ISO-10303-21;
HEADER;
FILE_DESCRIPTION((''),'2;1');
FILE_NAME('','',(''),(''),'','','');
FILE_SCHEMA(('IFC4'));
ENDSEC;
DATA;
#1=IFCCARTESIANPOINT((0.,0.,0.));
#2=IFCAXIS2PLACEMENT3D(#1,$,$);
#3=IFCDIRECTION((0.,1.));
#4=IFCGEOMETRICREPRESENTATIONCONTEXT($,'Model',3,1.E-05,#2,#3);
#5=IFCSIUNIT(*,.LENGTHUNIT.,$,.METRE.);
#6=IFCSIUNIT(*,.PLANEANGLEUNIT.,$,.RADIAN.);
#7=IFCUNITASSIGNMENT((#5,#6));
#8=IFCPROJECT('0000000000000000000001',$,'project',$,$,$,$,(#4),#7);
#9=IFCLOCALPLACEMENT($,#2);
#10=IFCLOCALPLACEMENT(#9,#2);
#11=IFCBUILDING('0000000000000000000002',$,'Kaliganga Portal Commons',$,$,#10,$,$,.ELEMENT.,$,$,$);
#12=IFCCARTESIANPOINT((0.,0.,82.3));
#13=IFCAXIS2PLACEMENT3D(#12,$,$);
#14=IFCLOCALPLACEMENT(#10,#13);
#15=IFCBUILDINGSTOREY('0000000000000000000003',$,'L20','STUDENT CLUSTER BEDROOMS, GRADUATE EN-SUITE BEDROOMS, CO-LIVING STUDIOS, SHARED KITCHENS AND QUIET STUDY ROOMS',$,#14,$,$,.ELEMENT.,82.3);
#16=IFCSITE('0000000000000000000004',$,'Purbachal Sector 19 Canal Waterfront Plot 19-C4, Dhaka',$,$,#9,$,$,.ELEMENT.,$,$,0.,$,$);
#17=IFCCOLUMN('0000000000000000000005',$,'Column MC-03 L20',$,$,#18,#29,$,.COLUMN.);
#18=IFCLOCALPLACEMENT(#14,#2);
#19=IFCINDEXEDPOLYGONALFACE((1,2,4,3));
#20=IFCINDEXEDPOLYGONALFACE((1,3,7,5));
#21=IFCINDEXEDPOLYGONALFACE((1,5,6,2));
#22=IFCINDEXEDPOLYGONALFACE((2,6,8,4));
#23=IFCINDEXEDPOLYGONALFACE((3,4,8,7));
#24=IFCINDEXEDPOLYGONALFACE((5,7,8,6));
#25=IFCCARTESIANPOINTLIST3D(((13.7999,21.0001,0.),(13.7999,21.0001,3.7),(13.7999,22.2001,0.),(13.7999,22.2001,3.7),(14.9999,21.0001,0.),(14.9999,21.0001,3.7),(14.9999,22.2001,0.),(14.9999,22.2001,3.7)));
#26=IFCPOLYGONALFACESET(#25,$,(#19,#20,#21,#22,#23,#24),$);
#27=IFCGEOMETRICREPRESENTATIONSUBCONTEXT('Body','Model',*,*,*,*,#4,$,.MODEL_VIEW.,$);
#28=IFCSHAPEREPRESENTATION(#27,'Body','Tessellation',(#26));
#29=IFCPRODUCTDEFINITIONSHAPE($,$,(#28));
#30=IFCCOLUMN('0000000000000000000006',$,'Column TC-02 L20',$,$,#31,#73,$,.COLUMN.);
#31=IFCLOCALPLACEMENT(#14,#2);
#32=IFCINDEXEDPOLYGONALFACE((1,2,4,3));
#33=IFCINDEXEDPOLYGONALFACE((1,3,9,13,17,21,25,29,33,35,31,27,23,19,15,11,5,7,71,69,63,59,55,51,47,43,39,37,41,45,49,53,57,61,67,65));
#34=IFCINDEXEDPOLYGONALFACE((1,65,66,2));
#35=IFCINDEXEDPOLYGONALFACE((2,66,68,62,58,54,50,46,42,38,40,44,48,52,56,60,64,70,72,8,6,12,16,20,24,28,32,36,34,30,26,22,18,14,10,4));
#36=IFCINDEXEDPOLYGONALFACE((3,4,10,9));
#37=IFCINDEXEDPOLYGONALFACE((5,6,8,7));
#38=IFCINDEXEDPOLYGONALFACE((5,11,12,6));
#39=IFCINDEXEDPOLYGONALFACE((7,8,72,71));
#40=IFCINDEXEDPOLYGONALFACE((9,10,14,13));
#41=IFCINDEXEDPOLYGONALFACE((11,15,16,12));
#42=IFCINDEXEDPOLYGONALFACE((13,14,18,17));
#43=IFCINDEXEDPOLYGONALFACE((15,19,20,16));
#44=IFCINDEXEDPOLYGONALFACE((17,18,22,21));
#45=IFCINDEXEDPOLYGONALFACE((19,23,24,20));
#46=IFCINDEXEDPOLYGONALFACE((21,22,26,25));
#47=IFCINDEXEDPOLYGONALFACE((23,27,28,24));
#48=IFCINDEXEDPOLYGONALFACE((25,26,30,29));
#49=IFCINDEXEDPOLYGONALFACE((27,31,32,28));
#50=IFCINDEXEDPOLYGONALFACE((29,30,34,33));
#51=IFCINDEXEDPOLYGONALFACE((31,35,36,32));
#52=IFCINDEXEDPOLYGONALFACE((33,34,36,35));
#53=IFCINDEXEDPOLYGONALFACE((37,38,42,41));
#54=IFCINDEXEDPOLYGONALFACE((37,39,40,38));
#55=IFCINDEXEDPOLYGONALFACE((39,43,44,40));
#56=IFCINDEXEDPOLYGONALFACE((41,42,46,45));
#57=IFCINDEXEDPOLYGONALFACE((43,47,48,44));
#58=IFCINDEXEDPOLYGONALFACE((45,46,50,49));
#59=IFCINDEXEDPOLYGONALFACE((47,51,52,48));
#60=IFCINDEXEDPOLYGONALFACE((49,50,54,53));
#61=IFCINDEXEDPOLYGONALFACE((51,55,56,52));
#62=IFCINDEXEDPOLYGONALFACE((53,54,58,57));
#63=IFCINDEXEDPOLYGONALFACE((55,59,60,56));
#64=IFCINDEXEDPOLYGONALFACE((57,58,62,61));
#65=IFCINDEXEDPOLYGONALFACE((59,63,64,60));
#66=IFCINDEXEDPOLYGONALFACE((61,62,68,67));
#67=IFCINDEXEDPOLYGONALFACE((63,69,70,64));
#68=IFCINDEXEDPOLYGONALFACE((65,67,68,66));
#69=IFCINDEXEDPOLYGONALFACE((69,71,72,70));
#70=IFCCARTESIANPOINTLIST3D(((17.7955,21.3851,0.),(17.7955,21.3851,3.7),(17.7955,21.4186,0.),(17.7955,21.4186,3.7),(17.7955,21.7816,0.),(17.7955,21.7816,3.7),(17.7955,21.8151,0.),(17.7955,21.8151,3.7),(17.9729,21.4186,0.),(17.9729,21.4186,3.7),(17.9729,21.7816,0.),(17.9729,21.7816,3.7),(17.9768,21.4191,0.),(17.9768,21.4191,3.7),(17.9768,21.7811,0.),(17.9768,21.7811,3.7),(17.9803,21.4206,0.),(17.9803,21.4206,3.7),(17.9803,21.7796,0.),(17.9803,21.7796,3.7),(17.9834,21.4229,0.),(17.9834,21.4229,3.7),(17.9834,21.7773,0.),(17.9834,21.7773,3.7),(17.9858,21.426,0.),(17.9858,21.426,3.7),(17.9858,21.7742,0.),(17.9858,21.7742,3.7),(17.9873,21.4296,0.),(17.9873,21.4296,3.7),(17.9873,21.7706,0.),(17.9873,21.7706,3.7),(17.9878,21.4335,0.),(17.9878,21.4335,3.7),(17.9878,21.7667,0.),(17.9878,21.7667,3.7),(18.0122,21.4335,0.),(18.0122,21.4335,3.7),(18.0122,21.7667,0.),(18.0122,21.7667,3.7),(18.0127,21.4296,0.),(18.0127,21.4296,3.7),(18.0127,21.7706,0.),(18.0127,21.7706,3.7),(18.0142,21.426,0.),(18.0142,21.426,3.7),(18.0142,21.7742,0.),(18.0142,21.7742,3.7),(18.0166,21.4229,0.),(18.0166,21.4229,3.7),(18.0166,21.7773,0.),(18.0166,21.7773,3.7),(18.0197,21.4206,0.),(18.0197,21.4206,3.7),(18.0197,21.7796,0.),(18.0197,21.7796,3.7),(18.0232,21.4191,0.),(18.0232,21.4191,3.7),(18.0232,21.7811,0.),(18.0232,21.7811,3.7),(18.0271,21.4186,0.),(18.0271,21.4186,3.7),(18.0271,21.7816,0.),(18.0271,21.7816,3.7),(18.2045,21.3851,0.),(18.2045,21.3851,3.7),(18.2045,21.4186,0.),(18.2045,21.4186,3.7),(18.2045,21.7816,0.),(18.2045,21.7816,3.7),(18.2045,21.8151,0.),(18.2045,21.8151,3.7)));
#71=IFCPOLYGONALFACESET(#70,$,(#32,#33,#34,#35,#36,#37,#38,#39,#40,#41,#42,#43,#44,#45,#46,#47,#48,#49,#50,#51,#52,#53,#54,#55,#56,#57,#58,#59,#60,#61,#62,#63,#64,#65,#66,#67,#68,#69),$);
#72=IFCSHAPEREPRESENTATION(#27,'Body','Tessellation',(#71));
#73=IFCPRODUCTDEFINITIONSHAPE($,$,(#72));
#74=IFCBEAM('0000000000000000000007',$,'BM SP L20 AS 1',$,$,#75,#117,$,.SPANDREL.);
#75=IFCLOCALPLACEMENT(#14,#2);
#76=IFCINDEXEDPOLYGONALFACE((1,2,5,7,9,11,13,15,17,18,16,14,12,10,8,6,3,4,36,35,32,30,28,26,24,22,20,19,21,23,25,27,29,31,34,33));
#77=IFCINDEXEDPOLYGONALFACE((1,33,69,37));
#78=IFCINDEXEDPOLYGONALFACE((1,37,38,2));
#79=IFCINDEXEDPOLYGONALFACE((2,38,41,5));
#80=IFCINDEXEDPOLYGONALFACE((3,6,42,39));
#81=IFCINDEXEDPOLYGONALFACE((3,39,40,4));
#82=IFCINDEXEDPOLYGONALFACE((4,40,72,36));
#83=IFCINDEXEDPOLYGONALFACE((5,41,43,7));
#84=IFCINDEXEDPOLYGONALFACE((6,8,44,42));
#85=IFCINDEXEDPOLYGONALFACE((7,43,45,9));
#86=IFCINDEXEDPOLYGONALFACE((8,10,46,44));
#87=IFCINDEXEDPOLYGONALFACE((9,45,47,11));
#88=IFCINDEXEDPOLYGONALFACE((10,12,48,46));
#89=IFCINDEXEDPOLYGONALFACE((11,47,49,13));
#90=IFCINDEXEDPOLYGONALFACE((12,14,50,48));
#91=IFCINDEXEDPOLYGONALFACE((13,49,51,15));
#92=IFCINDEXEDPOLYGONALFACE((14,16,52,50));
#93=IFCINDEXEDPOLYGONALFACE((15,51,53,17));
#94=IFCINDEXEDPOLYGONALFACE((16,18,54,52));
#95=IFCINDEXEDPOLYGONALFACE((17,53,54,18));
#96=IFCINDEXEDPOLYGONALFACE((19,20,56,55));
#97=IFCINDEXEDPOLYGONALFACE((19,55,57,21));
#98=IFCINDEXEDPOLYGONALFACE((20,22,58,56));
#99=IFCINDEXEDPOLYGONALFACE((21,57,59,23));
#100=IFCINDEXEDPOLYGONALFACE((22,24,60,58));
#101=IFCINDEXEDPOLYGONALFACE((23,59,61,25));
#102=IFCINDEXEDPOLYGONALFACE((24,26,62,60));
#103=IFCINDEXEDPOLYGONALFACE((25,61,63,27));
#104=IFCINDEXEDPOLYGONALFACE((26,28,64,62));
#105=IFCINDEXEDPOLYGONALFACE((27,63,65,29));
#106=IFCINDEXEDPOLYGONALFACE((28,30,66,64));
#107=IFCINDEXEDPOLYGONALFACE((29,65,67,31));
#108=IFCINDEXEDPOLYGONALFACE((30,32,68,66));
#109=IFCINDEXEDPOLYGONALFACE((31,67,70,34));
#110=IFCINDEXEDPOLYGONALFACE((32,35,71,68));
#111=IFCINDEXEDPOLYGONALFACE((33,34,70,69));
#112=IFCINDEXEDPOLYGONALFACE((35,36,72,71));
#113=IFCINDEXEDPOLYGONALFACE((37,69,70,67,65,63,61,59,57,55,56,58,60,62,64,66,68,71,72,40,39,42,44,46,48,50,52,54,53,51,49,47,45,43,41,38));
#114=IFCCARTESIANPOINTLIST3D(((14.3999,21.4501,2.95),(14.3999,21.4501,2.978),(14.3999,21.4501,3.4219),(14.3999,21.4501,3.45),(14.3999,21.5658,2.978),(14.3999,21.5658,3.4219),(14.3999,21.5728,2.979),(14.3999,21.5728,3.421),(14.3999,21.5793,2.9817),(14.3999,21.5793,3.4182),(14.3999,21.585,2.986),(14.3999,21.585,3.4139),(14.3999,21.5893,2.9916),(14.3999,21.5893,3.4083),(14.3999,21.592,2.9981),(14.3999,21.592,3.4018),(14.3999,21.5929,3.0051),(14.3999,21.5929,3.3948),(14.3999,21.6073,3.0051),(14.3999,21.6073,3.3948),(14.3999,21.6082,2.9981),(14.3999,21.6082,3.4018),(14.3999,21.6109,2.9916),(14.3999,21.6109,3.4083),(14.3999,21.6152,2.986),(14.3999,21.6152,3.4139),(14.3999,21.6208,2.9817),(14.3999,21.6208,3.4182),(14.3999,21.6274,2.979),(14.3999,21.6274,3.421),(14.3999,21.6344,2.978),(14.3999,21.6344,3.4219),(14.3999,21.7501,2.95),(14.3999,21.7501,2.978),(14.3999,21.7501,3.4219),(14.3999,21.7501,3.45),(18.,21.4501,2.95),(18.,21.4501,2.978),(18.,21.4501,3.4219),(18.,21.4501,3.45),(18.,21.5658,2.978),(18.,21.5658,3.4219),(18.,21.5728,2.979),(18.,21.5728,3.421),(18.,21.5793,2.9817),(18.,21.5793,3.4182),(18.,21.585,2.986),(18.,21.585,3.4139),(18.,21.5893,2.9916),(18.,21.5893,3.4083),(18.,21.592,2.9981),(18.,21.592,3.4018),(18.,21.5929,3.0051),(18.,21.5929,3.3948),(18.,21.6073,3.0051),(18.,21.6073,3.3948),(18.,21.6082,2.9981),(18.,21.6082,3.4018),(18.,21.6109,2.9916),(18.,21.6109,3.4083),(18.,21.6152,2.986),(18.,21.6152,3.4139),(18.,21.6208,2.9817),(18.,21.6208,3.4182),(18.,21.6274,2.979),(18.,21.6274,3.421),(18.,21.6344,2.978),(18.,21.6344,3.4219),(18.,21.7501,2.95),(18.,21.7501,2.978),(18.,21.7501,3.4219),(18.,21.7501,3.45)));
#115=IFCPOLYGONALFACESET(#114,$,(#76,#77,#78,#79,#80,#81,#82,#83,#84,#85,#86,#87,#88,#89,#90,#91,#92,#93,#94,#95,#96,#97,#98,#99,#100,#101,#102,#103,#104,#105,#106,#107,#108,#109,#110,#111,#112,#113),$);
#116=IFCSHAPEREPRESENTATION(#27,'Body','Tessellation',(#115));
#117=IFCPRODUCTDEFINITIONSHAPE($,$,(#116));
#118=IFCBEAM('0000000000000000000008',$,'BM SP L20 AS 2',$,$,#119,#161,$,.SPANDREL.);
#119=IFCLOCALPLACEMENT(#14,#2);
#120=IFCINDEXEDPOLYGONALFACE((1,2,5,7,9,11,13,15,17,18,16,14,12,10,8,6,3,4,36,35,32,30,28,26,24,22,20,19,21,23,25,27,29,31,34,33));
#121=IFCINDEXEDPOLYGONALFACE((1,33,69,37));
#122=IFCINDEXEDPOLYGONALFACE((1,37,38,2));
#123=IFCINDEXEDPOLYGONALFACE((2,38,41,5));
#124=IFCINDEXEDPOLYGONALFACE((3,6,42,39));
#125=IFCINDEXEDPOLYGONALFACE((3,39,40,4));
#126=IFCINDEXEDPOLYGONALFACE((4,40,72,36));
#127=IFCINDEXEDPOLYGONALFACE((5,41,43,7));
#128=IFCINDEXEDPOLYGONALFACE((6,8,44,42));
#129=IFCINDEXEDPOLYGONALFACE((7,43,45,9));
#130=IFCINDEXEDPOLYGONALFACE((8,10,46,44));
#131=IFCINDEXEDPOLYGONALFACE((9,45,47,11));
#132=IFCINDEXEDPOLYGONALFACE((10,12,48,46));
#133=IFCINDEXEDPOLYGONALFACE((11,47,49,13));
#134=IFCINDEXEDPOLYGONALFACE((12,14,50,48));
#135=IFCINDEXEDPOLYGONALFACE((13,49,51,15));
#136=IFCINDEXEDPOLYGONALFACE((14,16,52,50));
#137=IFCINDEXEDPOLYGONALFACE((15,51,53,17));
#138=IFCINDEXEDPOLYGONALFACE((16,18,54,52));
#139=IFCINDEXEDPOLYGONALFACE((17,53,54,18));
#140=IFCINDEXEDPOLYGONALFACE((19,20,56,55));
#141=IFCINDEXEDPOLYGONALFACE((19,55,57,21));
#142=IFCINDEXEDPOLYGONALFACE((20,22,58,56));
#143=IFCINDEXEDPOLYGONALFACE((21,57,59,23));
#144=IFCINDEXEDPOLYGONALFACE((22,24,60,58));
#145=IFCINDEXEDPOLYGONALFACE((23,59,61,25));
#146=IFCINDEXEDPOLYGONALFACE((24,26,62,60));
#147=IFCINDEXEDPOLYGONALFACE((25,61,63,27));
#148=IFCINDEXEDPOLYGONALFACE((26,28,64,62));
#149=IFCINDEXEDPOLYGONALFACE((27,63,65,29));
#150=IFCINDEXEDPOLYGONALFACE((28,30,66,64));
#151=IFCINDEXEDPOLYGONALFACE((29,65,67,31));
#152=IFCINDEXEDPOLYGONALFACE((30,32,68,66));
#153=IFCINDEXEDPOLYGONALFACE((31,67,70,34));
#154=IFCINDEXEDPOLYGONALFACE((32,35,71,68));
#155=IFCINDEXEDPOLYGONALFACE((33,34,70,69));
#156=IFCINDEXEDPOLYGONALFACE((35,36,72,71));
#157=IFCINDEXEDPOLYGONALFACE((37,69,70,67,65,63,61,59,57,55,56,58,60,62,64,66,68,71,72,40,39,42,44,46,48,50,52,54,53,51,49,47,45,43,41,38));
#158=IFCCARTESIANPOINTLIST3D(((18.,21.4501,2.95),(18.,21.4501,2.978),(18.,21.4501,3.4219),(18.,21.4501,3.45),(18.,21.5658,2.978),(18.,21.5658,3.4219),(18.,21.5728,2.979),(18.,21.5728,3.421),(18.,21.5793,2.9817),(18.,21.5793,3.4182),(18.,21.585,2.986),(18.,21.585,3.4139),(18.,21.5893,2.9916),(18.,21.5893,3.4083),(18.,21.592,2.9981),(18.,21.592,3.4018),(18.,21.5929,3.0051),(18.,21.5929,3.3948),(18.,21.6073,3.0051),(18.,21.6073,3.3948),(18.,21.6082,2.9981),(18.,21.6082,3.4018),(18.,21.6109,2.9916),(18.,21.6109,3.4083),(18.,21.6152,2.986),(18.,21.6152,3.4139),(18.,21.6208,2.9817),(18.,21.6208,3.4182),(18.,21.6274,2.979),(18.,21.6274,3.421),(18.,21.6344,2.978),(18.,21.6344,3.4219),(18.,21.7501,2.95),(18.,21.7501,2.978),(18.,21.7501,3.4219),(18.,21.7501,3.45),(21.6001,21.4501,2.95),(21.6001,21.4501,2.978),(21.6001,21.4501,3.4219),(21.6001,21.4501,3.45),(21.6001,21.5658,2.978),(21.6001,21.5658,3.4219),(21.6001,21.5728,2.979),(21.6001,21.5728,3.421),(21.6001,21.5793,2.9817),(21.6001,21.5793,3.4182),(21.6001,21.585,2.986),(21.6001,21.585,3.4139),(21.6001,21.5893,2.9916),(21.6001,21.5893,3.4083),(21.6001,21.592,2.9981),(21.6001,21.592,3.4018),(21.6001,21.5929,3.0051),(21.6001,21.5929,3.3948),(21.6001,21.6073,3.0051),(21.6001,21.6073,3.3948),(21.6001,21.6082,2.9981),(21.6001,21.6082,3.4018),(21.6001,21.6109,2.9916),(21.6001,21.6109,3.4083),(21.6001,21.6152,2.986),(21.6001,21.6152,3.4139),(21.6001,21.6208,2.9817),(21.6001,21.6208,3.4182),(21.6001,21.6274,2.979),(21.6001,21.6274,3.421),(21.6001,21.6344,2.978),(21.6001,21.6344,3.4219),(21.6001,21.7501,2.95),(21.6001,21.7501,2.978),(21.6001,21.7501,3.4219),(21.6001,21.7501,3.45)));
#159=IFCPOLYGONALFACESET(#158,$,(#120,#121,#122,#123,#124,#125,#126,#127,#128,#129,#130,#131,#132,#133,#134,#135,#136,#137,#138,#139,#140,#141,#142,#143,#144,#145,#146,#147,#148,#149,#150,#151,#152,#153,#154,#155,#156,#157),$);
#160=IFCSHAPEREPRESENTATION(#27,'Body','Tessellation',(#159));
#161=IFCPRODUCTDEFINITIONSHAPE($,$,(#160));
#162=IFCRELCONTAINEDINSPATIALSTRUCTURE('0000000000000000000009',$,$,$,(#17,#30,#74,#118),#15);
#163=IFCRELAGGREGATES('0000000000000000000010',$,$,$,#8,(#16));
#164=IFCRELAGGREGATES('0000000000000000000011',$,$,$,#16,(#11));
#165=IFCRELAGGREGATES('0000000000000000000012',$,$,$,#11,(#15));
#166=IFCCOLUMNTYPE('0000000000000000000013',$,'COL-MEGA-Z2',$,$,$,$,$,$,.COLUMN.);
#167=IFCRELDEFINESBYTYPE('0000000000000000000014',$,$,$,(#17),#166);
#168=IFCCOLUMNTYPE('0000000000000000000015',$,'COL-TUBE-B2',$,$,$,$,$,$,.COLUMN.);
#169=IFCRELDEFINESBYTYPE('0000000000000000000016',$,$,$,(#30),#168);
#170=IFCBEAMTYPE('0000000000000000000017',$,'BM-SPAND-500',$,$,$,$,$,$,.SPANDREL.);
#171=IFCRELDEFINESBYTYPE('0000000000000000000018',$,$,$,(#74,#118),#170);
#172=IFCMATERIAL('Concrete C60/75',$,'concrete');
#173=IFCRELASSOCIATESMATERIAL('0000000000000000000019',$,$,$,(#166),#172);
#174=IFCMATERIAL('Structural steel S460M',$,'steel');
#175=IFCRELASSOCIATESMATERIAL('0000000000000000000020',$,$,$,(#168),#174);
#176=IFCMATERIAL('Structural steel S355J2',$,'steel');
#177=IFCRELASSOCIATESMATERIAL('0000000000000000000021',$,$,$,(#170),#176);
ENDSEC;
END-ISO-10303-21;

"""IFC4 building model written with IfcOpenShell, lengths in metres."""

from ifc_helpers import new_model, si_unit, direction, frame, origin, origin_2d, place, context, subcontext, project, spatial, rectangle, i_section, extrude, source, transform, mapped, material, material_profile, profile_set, type_object, element, save


model = new_model("IFC4")

# Units and contexts
model_context = context("Model", 3, precision=1e-05, world=origin(), true_north=direction((0.0, 1.0)))
body_context = subcontext(model_context, "Body", "Model", "MODEL_VIEW")
ifc_project = project(units=[si_unit("LENGTHUNIT", "METRE"), si_unit("PLANEANGLEUNIT", "RADIAN")], contexts=[model_context])

# Site, building, storey
site_placement = place(None, origin())
site = spatial("IfcSite", under=ifc_project, at=site_placement, Name="Purbachal Sector 19 Canal Waterfront Plot 19-C4, Dhaka", CompositionType="ELEMENT", RefElevation=0.0)
building_placement = place(site_placement, origin())
building = spatial("IfcBuilding", under=site, at=building_placement, Name="Kaliganga Portal Commons", CompositionType="ELEMENT")
storey_placement = place(building_placement, frame((0.0, 0.0, 82.3)))
storey = spatial("IfcBuildingStorey", under=building, at=storey_placement, Name="L20", Description="STUDENT CLUSTER BEDROOMS, GRADUATE EN-SUITE BEDROOMS, CO-LIVING STUDIOS, SHARED KITCHENS AND QUIET STUDY ROOMS", CompositionType="ELEMENT", Elevation=82.3)

# Columns
ifc_material_1 = material(Name="Concrete C60/75", Category="concrete")
ifc_material_profile_1 = material_profile(ifc_material_1, rectangle(XDim=1.2, YDim=1.2, at=origin_2d()), Name="RC 1200x1200")
ifc_profile_set_1 = profile_set([ifc_material_profile_1], Name="Concrete C60/75")
column_type_1 = type_object("IfcColumnType", Name="COL-MEGA-Z2", PredefinedType="COLUMN", material=ifc_profile_set_1)
shared_shape_1 = source(origin(), body_context, "Body", "SweptSolid", [
    extrude(rectangle(XDim=1.2, YDim=1.2, at=origin_2d()), origin(), (0.0, 0.0, 1.0), 3.7),
])
column_1_placement = place(storey_placement, frame((14.3999, 21.6001, 0.0), z_axis=(0.0, 0.0, 1.0), x_axis=(1.0, 0.0, 0.0)))
element("IfcColumn", 1, at=column_1_placement, inside=storey, type_object=column_type_1, Name="Column MC-03 L20", PredefinedType="COLUMN", context=body_context, shape_type="MappedRepresentation", body=[
    mapped(shared_shape_1, transform((0.0, 0.0, 0.0), x_axis=(1.0, 0.0, 0.0), y_axis=(0.0, 1.0, 0.0), z_axis=(0.0, 0.0, 1.0), scale=1.0)),
])
ifc_material_2 = material(Name="Structural steel S460M", Category="steel")
ifc_material_profile_2 = material_profile(ifc_material_2, i_section(OverallWidth=0.4089, OverallDepth=0.4299, WebThickness=0.0244, FlangeThickness=0.0334, FilletRadius=0.0149, at=origin_2d()), Name="HD 400x421")
ifc_profile_set_2 = profile_set([ifc_material_profile_2], Name="Structural steel S460M wide-flange")
column_type_2 = type_object("IfcColumnType", Name="COL-TUBE-B2", PredefinedType="COLUMN", material=ifc_profile_set_2)
shared_shape_2 = source(origin(), body_context, "Body", "SweptSolid", [
    extrude(i_section(OverallWidth=0.4089, OverallDepth=0.4299, WebThickness=0.0244, FlangeThickness=0.0334, FilletRadius=0.0149, at=origin_2d()), origin(), (0.0, 0.0, 1.0), 3.7),
])
column_2_placement = place(storey_placement, frame((18.0, 21.6001, 0.0), z_axis=(0.0, 0.0, 1.0), x_axis=(1.0, 0.0, 0.0)))
element("IfcColumn", 2, at=column_2_placement, inside=storey, type_object=column_type_2, Name="Column TC-02 L20", PredefinedType="COLUMN", context=body_context, shape_type="MappedRepresentation", body=[
    mapped(shared_shape_2, transform((0.0, 0.0, 0.0), x_axis=(1.0, 0.0, 0.0), y_axis=(0.0, 1.0, 0.0), z_axis=(0.0, 0.0, 1.0), scale=1.0)),
])

# Beams
ifc_material_3 = material(Name="Structural steel S355J2", Category="steel")
ifc_material_profile_3 = material_profile(ifc_material_3, i_section(OverallWidth=0.3, OverallDepth=0.5, WebThickness=0.0144, FlangeThickness=0.0281, FilletRadius=0.0271, at=origin_2d()), Name="HE 500 B")
ifc_profile_set_3 = profile_set([ifc_material_profile_3], Name="Structural steel S355J2 wide-flange")
beam_type_1 = type_object("IfcBeamType", Name="BM-SPAND-500", PredefinedType="SPANDREL", material=ifc_profile_set_3)
shared_shape_3 = source(origin(), body_context, "Body", "SweptSolid", [
    extrude(i_section(OverallWidth=0.3, OverallDepth=0.5, WebThickness=0.0144, FlangeThickness=0.0281, FilletRadius=0.0271, at=origin_2d()), origin(), (0.0, 0.0, 1.0), 3.6001),
])
for number, where, z_axis, x_axis, name in (
    (3, (14.3999, 21.6001, 3.2), (1.0, 0.0, 0.0), (0.0, 1.0, 0.0), "BM SP L20 AS 1"),
    (4, (18.0, 21.6001, 3.2), (1.0, 0.0, 0.0), (0.0, 1.0, 0.0), "BM SP L20 AS 2"),
):
    element("IfcBeam", number, at=place(storey_placement, frame(where, z_axis=z_axis, x_axis=x_axis)), inside=storey, type_object=beam_type_1, Name=name, PredefinedType="SPANDREL", context=body_context, shape_type="MappedRepresentation", body=[
        mapped(shared_shape_3, transform((0.0, 0.0, 0.0), x_axis=(1.0, 0.0, 0.0), y_axis=(0.0, 1.0, 0.0), z_axis=(0.0, 0.0, 1.0), scale=1.0)),
    ])

save(model, "model.ifc")
